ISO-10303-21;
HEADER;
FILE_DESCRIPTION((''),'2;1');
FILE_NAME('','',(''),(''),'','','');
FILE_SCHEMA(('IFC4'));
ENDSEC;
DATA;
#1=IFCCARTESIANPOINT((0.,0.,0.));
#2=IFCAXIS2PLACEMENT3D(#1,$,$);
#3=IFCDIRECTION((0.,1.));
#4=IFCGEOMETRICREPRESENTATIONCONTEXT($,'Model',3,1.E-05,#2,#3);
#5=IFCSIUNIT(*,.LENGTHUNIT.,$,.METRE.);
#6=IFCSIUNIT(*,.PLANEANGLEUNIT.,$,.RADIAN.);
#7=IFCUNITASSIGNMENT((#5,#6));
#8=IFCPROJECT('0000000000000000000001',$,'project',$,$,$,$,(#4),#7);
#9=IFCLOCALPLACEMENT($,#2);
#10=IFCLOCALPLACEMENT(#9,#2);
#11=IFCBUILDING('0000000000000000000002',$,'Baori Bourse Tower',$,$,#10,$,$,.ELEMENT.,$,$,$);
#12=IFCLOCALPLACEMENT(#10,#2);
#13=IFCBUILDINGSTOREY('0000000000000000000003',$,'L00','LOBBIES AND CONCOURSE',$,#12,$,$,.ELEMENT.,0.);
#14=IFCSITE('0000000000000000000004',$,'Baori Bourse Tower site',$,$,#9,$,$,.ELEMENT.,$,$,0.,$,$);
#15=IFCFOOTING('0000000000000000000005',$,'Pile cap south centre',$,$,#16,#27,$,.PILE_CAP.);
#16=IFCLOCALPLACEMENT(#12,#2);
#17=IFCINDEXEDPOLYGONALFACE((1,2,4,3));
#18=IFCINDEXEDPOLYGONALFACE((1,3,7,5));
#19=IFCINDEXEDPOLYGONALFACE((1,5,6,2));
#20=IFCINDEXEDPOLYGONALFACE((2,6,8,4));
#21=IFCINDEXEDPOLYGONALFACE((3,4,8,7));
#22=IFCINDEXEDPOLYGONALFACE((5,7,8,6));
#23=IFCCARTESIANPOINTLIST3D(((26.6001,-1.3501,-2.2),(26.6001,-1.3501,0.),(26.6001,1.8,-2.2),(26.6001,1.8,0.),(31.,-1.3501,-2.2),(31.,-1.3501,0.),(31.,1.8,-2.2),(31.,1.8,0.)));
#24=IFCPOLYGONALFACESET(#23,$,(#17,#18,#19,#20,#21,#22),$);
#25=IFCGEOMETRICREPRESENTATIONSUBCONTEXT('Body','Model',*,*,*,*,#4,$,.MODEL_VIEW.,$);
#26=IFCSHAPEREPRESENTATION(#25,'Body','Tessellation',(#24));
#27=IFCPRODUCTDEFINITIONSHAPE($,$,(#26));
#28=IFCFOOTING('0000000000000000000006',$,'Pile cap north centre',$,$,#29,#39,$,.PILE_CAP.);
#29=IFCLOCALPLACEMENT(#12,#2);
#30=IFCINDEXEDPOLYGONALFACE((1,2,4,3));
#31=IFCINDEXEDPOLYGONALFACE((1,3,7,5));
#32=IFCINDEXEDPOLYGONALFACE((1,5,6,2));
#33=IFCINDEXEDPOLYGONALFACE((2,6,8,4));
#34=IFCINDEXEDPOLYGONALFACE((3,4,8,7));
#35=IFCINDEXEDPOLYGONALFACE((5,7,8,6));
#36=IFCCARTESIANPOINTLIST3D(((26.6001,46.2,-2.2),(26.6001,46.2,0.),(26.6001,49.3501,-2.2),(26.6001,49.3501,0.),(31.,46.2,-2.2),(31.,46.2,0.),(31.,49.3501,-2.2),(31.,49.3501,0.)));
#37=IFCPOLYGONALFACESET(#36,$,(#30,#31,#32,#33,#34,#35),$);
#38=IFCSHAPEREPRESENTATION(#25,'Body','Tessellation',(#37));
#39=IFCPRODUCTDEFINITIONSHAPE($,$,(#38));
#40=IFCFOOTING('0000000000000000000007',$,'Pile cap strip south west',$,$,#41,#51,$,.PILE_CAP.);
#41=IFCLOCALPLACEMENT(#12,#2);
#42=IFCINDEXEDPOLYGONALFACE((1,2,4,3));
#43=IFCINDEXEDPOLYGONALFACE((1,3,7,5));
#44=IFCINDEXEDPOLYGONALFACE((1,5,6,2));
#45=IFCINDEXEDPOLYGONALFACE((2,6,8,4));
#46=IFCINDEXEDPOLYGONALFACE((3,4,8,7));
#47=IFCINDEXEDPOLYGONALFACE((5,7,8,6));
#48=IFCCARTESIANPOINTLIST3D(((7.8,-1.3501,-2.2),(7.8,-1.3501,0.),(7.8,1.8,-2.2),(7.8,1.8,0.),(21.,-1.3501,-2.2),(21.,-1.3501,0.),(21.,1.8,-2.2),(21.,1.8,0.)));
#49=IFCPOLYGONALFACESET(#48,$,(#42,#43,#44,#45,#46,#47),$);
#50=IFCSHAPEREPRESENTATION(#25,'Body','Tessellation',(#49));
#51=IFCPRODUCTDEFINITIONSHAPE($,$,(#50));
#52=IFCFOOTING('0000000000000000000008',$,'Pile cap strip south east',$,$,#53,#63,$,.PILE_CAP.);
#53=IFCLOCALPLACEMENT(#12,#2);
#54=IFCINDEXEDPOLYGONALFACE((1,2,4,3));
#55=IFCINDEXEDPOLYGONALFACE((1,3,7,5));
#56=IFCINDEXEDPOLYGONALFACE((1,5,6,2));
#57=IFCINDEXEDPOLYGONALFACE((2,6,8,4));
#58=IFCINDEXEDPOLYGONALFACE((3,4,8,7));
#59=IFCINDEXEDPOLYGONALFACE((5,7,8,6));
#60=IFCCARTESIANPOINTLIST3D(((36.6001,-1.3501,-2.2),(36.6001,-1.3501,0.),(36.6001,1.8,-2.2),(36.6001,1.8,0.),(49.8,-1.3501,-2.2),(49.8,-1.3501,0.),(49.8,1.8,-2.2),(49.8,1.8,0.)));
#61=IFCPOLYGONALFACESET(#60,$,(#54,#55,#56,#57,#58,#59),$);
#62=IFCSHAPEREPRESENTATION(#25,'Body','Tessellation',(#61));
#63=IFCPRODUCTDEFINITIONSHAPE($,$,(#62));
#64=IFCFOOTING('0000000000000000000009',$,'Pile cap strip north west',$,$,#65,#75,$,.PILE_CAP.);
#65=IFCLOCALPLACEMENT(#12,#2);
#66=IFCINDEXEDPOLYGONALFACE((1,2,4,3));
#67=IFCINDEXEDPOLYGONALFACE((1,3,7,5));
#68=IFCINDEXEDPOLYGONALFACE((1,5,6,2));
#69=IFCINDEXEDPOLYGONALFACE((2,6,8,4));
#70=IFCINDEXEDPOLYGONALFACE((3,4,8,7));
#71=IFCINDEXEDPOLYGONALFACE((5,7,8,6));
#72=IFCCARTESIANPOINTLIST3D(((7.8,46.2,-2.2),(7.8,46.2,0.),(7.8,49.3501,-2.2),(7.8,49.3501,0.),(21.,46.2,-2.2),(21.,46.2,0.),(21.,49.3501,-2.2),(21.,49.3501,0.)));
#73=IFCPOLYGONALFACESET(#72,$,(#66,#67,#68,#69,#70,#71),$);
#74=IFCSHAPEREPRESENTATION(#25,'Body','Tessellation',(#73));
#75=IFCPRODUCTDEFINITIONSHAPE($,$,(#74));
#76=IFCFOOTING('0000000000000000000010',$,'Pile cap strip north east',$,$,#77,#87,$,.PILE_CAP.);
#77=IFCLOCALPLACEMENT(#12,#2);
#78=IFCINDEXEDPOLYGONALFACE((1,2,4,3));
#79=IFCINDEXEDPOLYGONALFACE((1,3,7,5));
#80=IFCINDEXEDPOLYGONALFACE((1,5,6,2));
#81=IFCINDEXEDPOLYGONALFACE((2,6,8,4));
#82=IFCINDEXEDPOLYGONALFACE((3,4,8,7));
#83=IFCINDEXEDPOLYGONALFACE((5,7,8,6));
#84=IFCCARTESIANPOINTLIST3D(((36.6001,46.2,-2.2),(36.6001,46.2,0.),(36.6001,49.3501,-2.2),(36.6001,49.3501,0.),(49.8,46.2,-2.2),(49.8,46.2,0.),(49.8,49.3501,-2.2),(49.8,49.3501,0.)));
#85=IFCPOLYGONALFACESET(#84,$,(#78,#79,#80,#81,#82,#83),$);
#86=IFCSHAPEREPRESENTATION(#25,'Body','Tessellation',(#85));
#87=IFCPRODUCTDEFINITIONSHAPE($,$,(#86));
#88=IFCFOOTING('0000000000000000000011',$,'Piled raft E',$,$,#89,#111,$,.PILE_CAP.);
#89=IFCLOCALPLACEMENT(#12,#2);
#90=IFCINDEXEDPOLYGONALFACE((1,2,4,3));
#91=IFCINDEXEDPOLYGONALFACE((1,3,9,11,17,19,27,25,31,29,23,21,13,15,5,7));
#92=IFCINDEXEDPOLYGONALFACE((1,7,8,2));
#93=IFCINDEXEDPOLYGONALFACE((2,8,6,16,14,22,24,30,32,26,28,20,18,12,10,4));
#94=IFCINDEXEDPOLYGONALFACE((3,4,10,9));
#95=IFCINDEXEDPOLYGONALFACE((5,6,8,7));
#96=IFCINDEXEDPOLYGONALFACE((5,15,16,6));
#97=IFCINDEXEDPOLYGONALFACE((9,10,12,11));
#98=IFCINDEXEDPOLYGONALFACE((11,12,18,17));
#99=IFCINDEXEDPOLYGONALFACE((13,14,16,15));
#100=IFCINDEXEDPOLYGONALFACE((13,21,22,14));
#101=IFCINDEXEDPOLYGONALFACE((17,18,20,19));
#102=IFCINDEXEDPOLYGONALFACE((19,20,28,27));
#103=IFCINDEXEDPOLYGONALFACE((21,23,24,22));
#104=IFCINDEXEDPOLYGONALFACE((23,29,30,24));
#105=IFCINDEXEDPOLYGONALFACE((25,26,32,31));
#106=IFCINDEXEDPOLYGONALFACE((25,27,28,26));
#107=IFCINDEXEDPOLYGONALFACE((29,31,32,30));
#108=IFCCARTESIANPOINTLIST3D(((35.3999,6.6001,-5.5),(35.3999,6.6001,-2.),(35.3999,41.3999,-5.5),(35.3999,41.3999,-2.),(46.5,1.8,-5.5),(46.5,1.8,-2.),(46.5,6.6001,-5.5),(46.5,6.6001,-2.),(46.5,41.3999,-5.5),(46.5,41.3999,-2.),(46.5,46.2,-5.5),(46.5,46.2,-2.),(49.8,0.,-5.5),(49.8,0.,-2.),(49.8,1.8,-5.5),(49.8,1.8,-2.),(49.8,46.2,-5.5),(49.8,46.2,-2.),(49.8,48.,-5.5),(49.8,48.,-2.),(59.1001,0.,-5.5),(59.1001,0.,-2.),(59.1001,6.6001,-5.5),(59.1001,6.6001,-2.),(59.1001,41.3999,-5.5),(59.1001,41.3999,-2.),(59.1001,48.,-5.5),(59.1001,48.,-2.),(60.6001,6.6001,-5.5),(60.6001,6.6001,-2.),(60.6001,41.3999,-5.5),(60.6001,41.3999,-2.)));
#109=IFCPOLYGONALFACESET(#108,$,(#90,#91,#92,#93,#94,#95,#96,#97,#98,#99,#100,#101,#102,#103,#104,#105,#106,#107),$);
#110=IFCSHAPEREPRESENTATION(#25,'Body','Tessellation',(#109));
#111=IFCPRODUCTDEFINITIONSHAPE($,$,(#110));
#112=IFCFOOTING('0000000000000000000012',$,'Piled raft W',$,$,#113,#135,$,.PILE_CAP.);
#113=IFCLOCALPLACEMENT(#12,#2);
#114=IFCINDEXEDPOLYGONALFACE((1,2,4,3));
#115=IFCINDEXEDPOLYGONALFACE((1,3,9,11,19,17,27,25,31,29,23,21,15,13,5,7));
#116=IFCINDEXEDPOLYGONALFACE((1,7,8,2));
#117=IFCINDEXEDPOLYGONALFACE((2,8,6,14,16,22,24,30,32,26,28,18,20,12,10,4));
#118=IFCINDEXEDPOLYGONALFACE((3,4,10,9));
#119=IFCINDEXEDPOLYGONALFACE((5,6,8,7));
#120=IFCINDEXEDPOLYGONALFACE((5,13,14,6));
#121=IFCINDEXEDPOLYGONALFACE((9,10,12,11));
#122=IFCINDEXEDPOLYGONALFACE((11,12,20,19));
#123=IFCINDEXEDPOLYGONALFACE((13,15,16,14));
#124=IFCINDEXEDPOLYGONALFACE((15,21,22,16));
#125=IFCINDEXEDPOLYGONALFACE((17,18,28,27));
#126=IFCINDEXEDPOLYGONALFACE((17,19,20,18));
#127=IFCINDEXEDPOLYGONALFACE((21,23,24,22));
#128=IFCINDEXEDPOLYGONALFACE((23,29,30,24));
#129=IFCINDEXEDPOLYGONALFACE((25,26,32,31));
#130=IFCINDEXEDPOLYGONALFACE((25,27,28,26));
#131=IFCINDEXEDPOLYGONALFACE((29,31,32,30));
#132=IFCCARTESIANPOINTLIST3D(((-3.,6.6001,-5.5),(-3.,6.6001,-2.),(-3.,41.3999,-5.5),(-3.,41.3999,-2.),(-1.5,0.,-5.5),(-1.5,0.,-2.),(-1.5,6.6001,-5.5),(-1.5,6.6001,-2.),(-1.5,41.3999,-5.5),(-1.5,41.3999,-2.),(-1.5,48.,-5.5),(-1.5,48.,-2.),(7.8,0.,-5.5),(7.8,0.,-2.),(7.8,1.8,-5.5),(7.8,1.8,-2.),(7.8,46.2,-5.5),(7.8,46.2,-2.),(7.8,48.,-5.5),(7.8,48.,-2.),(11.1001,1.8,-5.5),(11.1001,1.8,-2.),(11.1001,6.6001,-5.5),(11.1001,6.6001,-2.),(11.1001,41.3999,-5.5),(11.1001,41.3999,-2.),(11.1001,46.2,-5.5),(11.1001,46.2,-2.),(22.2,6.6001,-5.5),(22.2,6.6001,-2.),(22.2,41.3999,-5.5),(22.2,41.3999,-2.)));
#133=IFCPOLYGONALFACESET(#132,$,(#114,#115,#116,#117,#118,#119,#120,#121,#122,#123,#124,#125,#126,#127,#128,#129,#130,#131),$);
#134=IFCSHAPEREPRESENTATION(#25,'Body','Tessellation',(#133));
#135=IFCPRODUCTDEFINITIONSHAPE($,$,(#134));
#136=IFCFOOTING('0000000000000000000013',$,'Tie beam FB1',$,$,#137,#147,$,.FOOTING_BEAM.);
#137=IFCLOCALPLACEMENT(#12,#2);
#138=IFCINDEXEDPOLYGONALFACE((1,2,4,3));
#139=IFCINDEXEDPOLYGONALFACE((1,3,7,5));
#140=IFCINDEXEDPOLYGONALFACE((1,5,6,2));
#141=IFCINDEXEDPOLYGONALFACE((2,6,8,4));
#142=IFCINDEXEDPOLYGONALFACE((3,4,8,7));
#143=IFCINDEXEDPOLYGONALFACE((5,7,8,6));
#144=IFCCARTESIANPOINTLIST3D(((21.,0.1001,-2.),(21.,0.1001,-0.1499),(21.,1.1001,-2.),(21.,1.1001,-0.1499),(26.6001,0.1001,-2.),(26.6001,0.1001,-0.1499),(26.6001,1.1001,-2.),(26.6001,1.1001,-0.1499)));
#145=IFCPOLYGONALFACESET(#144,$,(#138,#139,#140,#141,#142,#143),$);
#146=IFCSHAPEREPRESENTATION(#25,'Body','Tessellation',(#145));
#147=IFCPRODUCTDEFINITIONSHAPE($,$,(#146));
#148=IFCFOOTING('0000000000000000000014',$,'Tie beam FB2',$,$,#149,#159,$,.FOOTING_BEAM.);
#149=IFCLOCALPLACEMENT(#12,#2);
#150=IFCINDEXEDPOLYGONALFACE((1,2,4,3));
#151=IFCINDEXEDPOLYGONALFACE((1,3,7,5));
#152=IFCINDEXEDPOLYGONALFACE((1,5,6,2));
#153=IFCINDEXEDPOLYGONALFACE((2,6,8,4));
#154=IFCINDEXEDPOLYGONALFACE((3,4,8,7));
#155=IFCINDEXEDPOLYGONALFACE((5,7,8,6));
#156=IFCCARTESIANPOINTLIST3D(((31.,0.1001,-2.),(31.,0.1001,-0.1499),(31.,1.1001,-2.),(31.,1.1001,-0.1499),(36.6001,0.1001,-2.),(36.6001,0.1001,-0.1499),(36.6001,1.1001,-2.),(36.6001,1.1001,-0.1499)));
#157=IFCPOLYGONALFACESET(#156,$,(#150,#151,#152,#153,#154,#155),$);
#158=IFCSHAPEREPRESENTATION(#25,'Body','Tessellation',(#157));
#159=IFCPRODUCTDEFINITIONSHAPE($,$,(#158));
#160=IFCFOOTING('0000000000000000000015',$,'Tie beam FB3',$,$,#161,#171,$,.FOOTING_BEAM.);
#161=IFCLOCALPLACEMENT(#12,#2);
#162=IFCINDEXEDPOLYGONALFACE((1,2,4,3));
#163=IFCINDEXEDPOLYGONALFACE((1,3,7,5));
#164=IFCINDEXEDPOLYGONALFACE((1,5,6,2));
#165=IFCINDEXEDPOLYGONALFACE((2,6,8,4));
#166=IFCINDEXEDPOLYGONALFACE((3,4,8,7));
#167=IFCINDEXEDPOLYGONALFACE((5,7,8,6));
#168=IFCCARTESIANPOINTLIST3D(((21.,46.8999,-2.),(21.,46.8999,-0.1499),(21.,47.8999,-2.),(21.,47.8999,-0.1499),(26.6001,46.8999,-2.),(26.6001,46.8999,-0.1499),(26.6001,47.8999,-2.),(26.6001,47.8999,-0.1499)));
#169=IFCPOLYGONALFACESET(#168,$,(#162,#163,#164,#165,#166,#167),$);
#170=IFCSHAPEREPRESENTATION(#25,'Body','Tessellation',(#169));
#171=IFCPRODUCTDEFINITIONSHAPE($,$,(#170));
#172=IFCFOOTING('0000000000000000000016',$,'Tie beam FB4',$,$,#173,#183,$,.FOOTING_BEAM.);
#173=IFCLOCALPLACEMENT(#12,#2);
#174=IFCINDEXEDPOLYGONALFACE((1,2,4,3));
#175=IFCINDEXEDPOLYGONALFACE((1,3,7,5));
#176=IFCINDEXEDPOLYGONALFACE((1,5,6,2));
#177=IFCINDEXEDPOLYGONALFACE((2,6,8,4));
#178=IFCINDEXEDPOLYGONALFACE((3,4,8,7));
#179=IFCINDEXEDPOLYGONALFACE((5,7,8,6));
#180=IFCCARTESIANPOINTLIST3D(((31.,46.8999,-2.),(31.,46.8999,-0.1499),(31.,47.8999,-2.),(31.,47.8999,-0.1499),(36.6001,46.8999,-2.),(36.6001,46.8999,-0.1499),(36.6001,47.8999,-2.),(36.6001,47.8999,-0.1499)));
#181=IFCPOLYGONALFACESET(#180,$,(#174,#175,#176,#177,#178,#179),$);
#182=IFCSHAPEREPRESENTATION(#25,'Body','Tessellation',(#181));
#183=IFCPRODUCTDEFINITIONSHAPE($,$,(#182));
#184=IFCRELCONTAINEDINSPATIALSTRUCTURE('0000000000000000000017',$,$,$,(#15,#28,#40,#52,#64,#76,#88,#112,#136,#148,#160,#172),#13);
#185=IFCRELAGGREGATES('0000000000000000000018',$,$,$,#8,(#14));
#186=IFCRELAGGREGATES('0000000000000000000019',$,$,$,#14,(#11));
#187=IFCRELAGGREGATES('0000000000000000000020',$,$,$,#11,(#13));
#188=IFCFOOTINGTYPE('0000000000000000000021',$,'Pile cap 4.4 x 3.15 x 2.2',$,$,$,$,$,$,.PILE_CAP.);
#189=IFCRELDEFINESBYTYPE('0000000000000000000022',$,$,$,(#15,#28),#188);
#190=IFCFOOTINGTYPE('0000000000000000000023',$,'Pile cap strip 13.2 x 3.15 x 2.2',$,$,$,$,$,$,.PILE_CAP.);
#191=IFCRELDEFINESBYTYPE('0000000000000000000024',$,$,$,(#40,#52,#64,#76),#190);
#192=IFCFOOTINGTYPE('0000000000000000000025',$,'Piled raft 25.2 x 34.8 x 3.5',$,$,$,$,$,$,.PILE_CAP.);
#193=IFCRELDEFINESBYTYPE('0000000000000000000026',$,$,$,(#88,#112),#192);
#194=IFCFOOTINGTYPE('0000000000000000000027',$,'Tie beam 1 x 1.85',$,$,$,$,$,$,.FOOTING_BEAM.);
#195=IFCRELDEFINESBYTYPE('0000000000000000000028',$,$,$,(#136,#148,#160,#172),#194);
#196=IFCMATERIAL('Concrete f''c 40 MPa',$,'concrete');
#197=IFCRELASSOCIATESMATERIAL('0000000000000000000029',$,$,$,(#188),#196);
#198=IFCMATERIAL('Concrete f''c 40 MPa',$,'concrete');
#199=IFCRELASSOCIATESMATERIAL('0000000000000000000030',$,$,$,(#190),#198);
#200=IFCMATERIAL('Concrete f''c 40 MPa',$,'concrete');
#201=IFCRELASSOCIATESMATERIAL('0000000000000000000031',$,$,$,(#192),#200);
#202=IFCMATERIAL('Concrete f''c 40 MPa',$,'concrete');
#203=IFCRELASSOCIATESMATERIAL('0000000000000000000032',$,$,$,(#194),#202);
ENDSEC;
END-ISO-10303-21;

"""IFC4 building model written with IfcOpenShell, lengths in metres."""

from ifc_helpers import new_model, si_unit, direction, frame, origin, place, context, subcontext, project, spatial, polyline, outline, extrude, material, type_object, element, save


model = new_model("IFC4")

# Units and contexts
model_context = context("Model", 3, precision=1e-05, world=origin(), true_north=direction((0.0, 1.0)))
body_context = subcontext(model_context, "Body", "Model", "MODEL_VIEW")
ifc_project = project(units=[si_unit("LENGTHUNIT", "METRE"), si_unit("PLANEANGLEUNIT", "RADIAN")], contexts=[model_context])

# Site, building, storey
site_placement = place(None, origin())
site = spatial("IfcSite", under=ifc_project, at=site_placement, Name="Baori Bourse Tower site", CompositionType="ELEMENT", RefElevation=0.0)
building_placement = place(site_placement, origin())
building = spatial("IfcBuilding", under=site, at=building_placement, Name="Baori Bourse Tower", CompositionType="ELEMENT")
storey_placement = place(building_placement, origin())
storey = spatial("IfcBuildingStorey", under=building, at=storey_placement, Name="L00", Description="LOBBIES AND CONCOURSE", CompositionType="ELEMENT", Elevation=0.0)

# Footings
ifc_material_1 = material(Name="Concrete f'c 40 MPa", Category="concrete")
footing_type_1 = type_object("IfcFootingType", Name="Pile cap 4.4 x 3.15 x 2.2", PredefinedType="PILE_CAP", material=ifc_material_1)
footing_1_placement = place(storey_placement, frame((0.0, 0.0, -2.2)))
element("IfcFooting", 1, at=footing_1_placement, inside=storey, type_object=footing_type_1, Name="Pile cap south centre", PredefinedType="PILE_CAP", context=body_context, shape_type="SweptSolid", body=[
    extrude(outline(polyline([(31.0, -1.3501), (31.0, 1.8), (26.6001, 1.8), (26.6001, -1.3501), (31.0, -1.3501)])), origin(), (0.0, 0.0, 1.0), 2.2),
])
footing_2_placement = place(storey_placement, frame((0.0, 0.0, -2.2)))
element("IfcFooting", 2, at=footing_2_placement, inside=storey, type_object=footing_type_1, Name="Pile cap north centre", PredefinedType="PILE_CAP", context=body_context, shape_type="SweptSolid", body=[
    extrude(outline(polyline([(31.0, 46.2), (31.0, 49.3501), (26.6001, 49.3501), (26.6001, 46.2), (31.0, 46.2)])), origin(), (0.0, 0.0, 1.0), 2.2),
])
ifc_material_2 = material(Name="Concrete f'c 40 MPa", Category="concrete")
footing_type_2 = type_object("IfcFootingType", Name="Pile cap strip 13.2 x 3.15 x 2.2", PredefinedType="PILE_CAP", material=ifc_material_2)
footing_3_placement = place(storey_placement, frame((0.0, 0.0, -2.2)))
element("IfcFooting", 3, at=footing_3_placement, inside=storey, type_object=footing_type_2, Name="Pile cap strip south west", PredefinedType="PILE_CAP", context=body_context, shape_type="SweptSolid", body=[
    extrude(outline(polyline([(21.0, -1.3501), (21.0, 1.8), (7.8, 1.8), (7.8, -1.3501), (21.0, -1.3501)])), origin(), (0.0, 0.0, 1.0), 2.2),
])
footing_4_placement = place(storey_placement, frame((0.0, 0.0, -2.2)))
element("IfcFooting", 4, at=footing_4_placement, inside=storey, type_object=footing_type_2, Name="Pile cap strip south east", PredefinedType="PILE_CAP", context=body_context, shape_type="SweptSolid", body=[
    extrude(outline(polyline([(49.8, -1.3501), (49.8, 1.8), (36.6001, 1.8), (36.6001, -1.3501), (49.8, -1.3501)])), origin(), (0.0, 0.0, 1.0), 2.2),
])
footing_5_placement = place(storey_placement, frame((0.0, 0.0, -2.2)))
element("IfcFooting", 5, at=footing_5_placement, inside=storey, type_object=footing_type_2, Name="Pile cap strip north west", PredefinedType="PILE_CAP", context=body_context, shape_type="SweptSolid", body=[
    extrude(outline(polyline([(21.0, 46.2), (21.0, 49.3501), (7.8, 49.3501), (7.8, 46.2), (21.0, 46.2)])), origin(), (0.0, 0.0, 1.0), 2.2),
])
footing_6_placement = place(storey_placement, frame((0.0, 0.0, -2.2)))
element("IfcFooting", 6, at=footing_6_placement, inside=storey, type_object=footing_type_2, Name="Pile cap strip north east", PredefinedType="PILE_CAP", context=body_context, shape_type="SweptSolid", body=[
    extrude(outline(polyline([(49.8, 46.2), (49.8, 49.3501), (36.6001, 49.3501), (36.6001, 46.2), (49.8, 46.2)])), origin(), (0.0, 0.0, 1.0), 2.2),
])
ifc_material_3 = material(Name="Concrete f'c 40 MPa", Category="concrete")
footing_type_3 = type_object("IfcFootingType", Name="Piled raft 25.2 x 34.8 x 3.5", PredefinedType="PILE_CAP", material=ifc_material_3)
footing_7_placement = place(storey_placement, frame((0.0, 0.0, -5.5)))
element("IfcFooting", 7, at=footing_7_placement, inside=storey, type_object=footing_type_3, Name="Piled raft E", PredefinedType="PILE_CAP", context=body_context, shape_type="SweptSolid", body=[
    extrude(outline(polyline([(46.5, 46.2), (46.5, 41.3999), (35.3999, 41.3999), (35.3999, 6.6001), (46.5, 6.6001), (46.5, 1.8), (49.8, 1.8), (49.8, 0.0), (59.1001, 0.0), (59.1001, 6.6001), (60.6001, 6.6001), (60.6001, 41.3999), (59.1001, 41.3999), (59.1001, 48.0), (49.8, 48.0), (49.8, 46.2), (46.5, 46.2)])), origin(), (0.0, 0.0, 1.0), 3.5),
])
footing_8_placement = place(storey_placement, frame((0.0, 0.0, -5.5)))
element("IfcFooting", 8, at=footing_8_placement, inside=storey, type_object=footing_type_3, Name="Piled raft W", PredefinedType="PILE_CAP", context=body_context, shape_type="SweptSolid", body=[
    extrude(outline(polyline([(-1.5, 48.0), (-1.5, 41.3999), (-3.0, 41.3999), (-3.0, 6.6001), (-1.5, 6.6001), (-1.5, 0.0), (7.8, 0.0), (7.8, 1.8), (11.1001, 1.8), (11.1001, 6.6001), (22.2, 6.6001), (22.2, 41.3999), (11.1001, 41.3999), (11.1001, 46.2), (7.8, 46.2), (7.8, 48.0), (-1.5, 48.0)])), origin(), (0.0, 0.0, 1.0), 3.5),
])
ifc_material_4 = material(Name="Concrete f'c 40 MPa", Category="concrete")
footing_type_4 = type_object("IfcFootingType", Name="Tie beam 1 x 1.85", PredefinedType="FOOTING_BEAM", material=ifc_material_4)
footing_9_placement = place(storey_placement, frame((0.0, 0.0, -2.0)))
element("IfcFooting", 9, at=footing_9_placement, inside=storey, type_object=footing_type_4, Name="Tie beam FB1", PredefinedType="FOOTING_BEAM", context=body_context, shape_type="SweptSolid", body=[
    extrude(outline(polyline([(26.6001, 0.1001), (26.6001, 1.1001), (21.0, 1.1001), (21.0, 0.1001), (26.6001, 0.1001)])), origin(), (0.0, 0.0, 1.0), 1.8501),
])
footing_10_placement = place(storey_placement, frame((0.0, 0.0, -2.0)))
element("IfcFooting", 10, at=footing_10_placement, inside=storey, type_object=footing_type_4, Name="Tie beam FB2", PredefinedType="FOOTING_BEAM", context=body_context, shape_type="SweptSolid", body=[
    extrude(outline(polyline([(36.6001, 0.1001), (36.6001, 1.1001), (31.0, 1.1001), (31.0, 0.1001), (36.6001, 0.1001)])), origin(), (0.0, 0.0, 1.0), 1.8501),
])
footing_11_placement = place(storey_placement, frame((0.0, 0.0, -2.0)))
element("IfcFooting", 11, at=footing_11_placement, inside=storey, type_object=footing_type_4, Name="Tie beam FB3", PredefinedType="FOOTING_BEAM", context=body_context, shape_type="SweptSolid", body=[
    extrude(outline(polyline([(26.6001, 46.8999), (26.6001, 47.8999), (21.0, 47.8999), (21.0, 46.8999), (26.6001, 46.8999)])), origin(), (0.0, 0.0, 1.0), 1.8501),
])
footing_12_placement = place(storey_placement, frame((0.0, 0.0, -2.0)))
element("IfcFooting", 12, at=footing_12_placement, inside=storey, type_object=footing_type_4, Name="Tie beam FB4", PredefinedType="FOOTING_BEAM", context=body_context, shape_type="SweptSolid", body=[
    extrude(outline(polyline([(36.6001, 46.8999), (36.6001, 47.8999), (31.0, 47.8999), (31.0, 46.8999), (36.6001, 46.8999)])), origin(), (0.0, 0.0, 1.0), 1.8501),
])

save(model, "model.ifc")
